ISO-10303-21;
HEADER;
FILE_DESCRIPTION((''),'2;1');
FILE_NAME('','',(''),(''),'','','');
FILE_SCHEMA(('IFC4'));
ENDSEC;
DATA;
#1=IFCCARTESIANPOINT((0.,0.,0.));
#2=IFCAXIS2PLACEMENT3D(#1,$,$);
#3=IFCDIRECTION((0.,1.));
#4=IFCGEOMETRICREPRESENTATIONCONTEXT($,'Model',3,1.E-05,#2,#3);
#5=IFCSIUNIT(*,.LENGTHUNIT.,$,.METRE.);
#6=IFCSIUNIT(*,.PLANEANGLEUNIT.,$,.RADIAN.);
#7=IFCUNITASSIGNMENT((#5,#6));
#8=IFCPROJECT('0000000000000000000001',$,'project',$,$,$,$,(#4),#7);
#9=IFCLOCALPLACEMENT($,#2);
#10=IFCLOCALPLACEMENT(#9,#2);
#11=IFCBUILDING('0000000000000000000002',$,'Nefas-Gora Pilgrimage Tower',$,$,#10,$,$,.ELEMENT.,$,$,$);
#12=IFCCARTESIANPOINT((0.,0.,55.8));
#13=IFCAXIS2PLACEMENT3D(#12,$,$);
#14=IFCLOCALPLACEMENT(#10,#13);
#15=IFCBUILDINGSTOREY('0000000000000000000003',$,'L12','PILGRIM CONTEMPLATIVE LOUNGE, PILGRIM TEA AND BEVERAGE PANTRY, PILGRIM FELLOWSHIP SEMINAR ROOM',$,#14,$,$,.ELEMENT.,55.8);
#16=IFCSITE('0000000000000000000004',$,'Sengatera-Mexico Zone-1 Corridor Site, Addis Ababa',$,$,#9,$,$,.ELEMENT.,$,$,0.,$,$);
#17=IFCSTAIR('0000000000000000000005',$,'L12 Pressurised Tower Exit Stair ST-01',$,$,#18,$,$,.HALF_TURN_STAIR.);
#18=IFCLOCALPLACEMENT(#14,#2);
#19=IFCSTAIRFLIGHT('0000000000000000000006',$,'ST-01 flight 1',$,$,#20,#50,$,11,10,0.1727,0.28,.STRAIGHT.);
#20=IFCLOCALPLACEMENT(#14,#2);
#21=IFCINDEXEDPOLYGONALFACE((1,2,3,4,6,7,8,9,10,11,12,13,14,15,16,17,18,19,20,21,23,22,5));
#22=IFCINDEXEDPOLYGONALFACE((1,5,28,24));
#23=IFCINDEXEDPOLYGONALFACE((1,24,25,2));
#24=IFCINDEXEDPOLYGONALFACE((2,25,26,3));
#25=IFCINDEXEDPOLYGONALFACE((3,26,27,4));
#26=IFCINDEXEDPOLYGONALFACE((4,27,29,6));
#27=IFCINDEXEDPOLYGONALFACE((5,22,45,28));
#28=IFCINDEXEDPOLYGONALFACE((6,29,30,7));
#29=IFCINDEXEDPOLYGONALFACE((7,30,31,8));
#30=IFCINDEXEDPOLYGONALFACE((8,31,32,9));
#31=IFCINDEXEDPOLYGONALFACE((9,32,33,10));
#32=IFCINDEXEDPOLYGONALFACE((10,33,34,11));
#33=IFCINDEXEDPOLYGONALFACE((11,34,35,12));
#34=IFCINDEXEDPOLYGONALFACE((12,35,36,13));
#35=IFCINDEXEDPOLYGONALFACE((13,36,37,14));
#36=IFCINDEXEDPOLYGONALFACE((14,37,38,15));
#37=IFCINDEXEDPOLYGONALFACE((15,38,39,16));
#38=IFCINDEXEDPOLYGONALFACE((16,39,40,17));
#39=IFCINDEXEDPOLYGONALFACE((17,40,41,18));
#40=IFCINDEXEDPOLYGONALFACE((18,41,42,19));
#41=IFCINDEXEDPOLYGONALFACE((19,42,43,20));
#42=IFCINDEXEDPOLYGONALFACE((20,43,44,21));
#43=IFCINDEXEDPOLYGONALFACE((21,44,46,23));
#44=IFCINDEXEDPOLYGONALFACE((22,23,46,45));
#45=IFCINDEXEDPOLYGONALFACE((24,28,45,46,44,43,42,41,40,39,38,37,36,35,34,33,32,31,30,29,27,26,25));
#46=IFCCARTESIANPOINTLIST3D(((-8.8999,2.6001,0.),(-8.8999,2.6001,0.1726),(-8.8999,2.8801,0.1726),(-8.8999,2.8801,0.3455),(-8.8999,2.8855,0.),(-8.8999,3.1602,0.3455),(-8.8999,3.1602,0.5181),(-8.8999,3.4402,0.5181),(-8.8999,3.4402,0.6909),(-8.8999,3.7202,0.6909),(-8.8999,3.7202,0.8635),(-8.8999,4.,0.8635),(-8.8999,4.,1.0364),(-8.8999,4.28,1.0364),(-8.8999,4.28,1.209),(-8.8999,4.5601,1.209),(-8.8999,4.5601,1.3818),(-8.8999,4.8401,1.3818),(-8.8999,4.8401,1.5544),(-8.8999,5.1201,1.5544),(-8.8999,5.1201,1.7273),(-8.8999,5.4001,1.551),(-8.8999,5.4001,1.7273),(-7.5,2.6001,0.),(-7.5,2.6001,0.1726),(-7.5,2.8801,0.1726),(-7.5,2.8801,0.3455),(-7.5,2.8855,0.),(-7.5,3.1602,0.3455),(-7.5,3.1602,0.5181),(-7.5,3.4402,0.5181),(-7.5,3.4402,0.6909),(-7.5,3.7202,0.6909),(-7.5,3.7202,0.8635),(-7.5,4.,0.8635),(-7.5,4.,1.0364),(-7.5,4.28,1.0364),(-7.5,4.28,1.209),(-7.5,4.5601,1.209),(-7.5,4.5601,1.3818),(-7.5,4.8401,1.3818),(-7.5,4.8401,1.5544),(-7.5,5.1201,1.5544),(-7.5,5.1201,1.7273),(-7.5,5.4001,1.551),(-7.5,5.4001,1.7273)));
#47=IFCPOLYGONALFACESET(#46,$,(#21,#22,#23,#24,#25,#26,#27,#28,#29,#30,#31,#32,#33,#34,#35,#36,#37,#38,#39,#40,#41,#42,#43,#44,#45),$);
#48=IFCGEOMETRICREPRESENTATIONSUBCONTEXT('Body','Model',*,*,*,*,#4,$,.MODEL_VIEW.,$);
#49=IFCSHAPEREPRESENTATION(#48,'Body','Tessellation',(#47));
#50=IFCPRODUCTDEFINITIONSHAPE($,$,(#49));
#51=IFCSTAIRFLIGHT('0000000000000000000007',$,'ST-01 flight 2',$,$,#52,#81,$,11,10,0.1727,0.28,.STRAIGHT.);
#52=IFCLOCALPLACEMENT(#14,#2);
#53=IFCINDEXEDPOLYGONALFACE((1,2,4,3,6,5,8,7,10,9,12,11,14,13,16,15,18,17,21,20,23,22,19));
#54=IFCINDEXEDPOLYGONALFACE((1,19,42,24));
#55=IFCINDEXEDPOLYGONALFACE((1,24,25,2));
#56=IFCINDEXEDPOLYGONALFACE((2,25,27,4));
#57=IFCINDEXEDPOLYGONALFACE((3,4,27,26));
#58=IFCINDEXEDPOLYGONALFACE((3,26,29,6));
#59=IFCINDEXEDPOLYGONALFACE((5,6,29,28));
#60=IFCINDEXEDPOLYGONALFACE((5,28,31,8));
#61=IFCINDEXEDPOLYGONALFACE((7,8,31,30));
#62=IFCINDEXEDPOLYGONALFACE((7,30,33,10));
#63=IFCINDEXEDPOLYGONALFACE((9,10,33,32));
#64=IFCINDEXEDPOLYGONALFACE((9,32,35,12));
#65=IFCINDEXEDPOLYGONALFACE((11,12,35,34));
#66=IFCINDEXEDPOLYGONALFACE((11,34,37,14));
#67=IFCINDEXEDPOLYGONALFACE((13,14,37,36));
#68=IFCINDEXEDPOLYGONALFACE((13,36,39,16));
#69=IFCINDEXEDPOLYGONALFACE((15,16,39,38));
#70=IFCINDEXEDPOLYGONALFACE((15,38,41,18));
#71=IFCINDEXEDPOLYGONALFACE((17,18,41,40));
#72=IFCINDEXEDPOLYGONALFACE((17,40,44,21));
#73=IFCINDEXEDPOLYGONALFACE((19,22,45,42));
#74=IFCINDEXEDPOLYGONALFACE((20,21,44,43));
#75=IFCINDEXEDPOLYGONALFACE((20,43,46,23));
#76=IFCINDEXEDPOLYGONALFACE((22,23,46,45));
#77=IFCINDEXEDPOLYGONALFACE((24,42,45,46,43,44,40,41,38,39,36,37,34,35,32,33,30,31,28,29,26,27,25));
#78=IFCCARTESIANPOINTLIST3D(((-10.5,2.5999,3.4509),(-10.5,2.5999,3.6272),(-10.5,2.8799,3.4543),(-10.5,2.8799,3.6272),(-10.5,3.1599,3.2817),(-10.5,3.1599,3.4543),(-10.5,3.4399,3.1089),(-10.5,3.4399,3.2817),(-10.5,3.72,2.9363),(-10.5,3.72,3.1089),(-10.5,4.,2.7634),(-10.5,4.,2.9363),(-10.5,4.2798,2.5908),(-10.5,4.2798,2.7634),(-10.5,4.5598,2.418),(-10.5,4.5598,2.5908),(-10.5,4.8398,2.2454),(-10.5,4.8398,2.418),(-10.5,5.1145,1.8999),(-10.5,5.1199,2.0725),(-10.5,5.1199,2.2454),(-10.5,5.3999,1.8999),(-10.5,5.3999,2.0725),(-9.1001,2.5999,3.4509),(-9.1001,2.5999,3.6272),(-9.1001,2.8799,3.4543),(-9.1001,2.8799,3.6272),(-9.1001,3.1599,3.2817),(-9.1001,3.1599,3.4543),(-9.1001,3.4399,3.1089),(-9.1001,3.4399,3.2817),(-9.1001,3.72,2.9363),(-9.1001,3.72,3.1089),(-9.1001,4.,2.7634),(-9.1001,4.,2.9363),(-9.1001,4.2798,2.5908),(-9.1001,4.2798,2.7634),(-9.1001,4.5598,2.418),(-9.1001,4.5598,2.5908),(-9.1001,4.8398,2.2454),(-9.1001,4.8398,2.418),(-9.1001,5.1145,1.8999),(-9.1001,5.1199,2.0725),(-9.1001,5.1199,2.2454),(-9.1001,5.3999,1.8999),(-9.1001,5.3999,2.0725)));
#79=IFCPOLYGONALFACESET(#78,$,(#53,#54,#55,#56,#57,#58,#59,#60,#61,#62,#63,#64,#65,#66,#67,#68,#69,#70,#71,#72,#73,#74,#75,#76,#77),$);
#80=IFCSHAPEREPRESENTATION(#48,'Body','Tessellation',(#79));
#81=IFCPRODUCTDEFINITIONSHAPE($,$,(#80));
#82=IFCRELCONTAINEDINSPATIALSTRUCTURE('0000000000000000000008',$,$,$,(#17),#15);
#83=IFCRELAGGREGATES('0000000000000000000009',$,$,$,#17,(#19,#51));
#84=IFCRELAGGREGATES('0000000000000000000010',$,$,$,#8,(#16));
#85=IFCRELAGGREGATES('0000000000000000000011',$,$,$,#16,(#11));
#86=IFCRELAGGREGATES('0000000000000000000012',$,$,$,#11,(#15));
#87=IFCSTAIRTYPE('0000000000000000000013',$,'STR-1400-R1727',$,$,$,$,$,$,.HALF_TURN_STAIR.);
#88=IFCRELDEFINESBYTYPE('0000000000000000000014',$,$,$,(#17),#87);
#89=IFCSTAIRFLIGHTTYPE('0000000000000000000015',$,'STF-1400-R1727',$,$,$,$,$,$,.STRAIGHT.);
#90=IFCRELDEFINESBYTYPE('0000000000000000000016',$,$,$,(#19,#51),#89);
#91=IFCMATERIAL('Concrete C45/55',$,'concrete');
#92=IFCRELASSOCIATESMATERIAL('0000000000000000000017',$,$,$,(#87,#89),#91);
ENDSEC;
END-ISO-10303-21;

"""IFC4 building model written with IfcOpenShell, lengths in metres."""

from ifc_helpers import new_model, si_unit, direction, frame, origin, place, context, subcontext, project, spatial, polyline, outline, extrude, source, transform, mapped, material, type_object, element, aggregate, save


model = new_model("IFC4")

# Units and contexts
model_context = context("Model", 3, precision=1e-05, world=origin(), true_north=direction((0.0, 1.0)))
body_context = subcontext(model_context, "Body", "Model", "MODEL_VIEW")
ifc_project = project(units=[si_unit("LENGTHUNIT", "METRE"), si_unit("PLANEANGLEUNIT", "RADIAN")], contexts=[model_context])

# Site, building, storey
site_placement = place(None, origin())
site = spatial("IfcSite", under=ifc_project, at=site_placement, Name="Sengatera-Mexico Zone-1 Corridor Site, Addis Ababa", CompositionType="ELEMENT", RefElevation=0.0)
building_placement = place(site_placement, origin())
building = spatial("IfcBuilding", under=site, at=building_placement, Name="Nefas-Gora Pilgrimage Tower", CompositionType="ELEMENT")
storey_placement = place(building_placement, frame((0.0, 0.0, 55.8)))
storey = spatial("IfcBuildingStorey", under=building, at=storey_placement, Name="L12", Description="PILGRIM CONTEMPLATIVE LOUNGE, PILGRIM TEA AND BEVERAGE PANTRY, PILGRIM FELLOWSHIP SEMINAR ROOM", CompositionType="ELEMENT", Elevation=55.8)

# Stair
ifc_material_1 = material(Name="Concrete C45/55", Category="concrete")
stair_type = type_object("IfcStairType", Name="STR-1400-R1727", PredefinedType="HALF_TURN_STAIR", material=ifc_material_1)
stair_1_placement = place(storey_placement, origin())
stair_1 = element("IfcStair", 1, at=stair_1_placement, inside=storey, type_object=stair_type, Name="L12 Pressurised Tower Exit Stair ST-01", PredefinedType="HALF_TURN_STAIR")

# Stair flights
stair_flight_type = type_object("IfcStairFlightType", Name="STF-1400-R1727", PredefinedType="STRAIGHT", material=ifc_material_1)
shared_shape_1 = source(origin(), body_context, "Body", "SweptSolid", [
    extrude(outline(polyline([(0.0, 0.0), (0.0, 0.1726), (0.28, 0.1726), (0.28, 0.3455), (0.5601, 0.3455), (0.5601, 0.5181), (0.8401, 0.5181), (0.8401, 0.6909), (1.1201, 0.6909), (1.1201, 0.8635), (1.3999, 0.8635), (1.3999, 1.0364), (1.6799, 1.0364), (1.6799, 1.209), (1.96, 1.209), (1.96, 1.3818), (2.24, 1.3818), (2.24, 1.5544), (2.52, 1.5544), (2.52, 1.7273), (2.8, 1.7273), (2.8, 1.8999), (2.8, 1.551), (0.2854, 0.0), (0.0, 0.0)])), frame((0.0, 0.7, 0.0), z_axis=(0.0, -1.0, 0.0), x_axis=(1.0, 0.0, 0.0)), (0.0, 0.0, 1.0), 1.3999),
])
stair_flight_1_placement = place(storey_placement, frame((-8.2, 2.6001, 0.0), z_axis=(0.0, 0.0, 1.0), x_axis=(0.0, 1.0, 0.0)))
stair_flight_1 = element("IfcStairFlight", 2, at=stair_flight_1_placement, type_object=stair_flight_type, Name="ST-01 flight 1", NumberOfRisers=11, NumberOfTreads=10, PredefinedType="STRAIGHT", RiserHeight=0.1727, TreadLength=0.28, context=body_context, shape_type="MappedRepresentation", body=[
    mapped(shared_shape_1, transform((0.0, 0.0, 0.0), x_axis=(1.0, 0.0, 0.0), y_axis=(0.0, 1.0, 0.0), z_axis=(0.0, 0.0, 1.0), scale=1.0)),
])
stair_flight_2_placement = place(storey_placement, frame((-9.8, 5.3999, 1.8999), z_axis=(0.0, 0.0, 1.0), x_axis=(0.0, -1.0, 0.0)))
stair_flight_2 = element("IfcStairFlight", 3, at=stair_flight_2_placement, type_object=stair_flight_type, Name="ST-01 flight 2", NumberOfRisers=11, NumberOfTreads=10, PredefinedType="STRAIGHT", RiserHeight=0.1727, TreadLength=0.28, context=body_context, shape_type="MappedRepresentation", body=[
    mapped(shared_shape_1, transform((0.0, 0.0, 0.0), x_axis=(1.0, 0.0, 0.0), y_axis=(0.0, 1.0, 0.0), z_axis=(0.0, 0.0, 1.0), scale=1.0)),
])
aggregate(stair_1, [stair_flight_1, stair_flight_2])

save(model, "model.ifc")
